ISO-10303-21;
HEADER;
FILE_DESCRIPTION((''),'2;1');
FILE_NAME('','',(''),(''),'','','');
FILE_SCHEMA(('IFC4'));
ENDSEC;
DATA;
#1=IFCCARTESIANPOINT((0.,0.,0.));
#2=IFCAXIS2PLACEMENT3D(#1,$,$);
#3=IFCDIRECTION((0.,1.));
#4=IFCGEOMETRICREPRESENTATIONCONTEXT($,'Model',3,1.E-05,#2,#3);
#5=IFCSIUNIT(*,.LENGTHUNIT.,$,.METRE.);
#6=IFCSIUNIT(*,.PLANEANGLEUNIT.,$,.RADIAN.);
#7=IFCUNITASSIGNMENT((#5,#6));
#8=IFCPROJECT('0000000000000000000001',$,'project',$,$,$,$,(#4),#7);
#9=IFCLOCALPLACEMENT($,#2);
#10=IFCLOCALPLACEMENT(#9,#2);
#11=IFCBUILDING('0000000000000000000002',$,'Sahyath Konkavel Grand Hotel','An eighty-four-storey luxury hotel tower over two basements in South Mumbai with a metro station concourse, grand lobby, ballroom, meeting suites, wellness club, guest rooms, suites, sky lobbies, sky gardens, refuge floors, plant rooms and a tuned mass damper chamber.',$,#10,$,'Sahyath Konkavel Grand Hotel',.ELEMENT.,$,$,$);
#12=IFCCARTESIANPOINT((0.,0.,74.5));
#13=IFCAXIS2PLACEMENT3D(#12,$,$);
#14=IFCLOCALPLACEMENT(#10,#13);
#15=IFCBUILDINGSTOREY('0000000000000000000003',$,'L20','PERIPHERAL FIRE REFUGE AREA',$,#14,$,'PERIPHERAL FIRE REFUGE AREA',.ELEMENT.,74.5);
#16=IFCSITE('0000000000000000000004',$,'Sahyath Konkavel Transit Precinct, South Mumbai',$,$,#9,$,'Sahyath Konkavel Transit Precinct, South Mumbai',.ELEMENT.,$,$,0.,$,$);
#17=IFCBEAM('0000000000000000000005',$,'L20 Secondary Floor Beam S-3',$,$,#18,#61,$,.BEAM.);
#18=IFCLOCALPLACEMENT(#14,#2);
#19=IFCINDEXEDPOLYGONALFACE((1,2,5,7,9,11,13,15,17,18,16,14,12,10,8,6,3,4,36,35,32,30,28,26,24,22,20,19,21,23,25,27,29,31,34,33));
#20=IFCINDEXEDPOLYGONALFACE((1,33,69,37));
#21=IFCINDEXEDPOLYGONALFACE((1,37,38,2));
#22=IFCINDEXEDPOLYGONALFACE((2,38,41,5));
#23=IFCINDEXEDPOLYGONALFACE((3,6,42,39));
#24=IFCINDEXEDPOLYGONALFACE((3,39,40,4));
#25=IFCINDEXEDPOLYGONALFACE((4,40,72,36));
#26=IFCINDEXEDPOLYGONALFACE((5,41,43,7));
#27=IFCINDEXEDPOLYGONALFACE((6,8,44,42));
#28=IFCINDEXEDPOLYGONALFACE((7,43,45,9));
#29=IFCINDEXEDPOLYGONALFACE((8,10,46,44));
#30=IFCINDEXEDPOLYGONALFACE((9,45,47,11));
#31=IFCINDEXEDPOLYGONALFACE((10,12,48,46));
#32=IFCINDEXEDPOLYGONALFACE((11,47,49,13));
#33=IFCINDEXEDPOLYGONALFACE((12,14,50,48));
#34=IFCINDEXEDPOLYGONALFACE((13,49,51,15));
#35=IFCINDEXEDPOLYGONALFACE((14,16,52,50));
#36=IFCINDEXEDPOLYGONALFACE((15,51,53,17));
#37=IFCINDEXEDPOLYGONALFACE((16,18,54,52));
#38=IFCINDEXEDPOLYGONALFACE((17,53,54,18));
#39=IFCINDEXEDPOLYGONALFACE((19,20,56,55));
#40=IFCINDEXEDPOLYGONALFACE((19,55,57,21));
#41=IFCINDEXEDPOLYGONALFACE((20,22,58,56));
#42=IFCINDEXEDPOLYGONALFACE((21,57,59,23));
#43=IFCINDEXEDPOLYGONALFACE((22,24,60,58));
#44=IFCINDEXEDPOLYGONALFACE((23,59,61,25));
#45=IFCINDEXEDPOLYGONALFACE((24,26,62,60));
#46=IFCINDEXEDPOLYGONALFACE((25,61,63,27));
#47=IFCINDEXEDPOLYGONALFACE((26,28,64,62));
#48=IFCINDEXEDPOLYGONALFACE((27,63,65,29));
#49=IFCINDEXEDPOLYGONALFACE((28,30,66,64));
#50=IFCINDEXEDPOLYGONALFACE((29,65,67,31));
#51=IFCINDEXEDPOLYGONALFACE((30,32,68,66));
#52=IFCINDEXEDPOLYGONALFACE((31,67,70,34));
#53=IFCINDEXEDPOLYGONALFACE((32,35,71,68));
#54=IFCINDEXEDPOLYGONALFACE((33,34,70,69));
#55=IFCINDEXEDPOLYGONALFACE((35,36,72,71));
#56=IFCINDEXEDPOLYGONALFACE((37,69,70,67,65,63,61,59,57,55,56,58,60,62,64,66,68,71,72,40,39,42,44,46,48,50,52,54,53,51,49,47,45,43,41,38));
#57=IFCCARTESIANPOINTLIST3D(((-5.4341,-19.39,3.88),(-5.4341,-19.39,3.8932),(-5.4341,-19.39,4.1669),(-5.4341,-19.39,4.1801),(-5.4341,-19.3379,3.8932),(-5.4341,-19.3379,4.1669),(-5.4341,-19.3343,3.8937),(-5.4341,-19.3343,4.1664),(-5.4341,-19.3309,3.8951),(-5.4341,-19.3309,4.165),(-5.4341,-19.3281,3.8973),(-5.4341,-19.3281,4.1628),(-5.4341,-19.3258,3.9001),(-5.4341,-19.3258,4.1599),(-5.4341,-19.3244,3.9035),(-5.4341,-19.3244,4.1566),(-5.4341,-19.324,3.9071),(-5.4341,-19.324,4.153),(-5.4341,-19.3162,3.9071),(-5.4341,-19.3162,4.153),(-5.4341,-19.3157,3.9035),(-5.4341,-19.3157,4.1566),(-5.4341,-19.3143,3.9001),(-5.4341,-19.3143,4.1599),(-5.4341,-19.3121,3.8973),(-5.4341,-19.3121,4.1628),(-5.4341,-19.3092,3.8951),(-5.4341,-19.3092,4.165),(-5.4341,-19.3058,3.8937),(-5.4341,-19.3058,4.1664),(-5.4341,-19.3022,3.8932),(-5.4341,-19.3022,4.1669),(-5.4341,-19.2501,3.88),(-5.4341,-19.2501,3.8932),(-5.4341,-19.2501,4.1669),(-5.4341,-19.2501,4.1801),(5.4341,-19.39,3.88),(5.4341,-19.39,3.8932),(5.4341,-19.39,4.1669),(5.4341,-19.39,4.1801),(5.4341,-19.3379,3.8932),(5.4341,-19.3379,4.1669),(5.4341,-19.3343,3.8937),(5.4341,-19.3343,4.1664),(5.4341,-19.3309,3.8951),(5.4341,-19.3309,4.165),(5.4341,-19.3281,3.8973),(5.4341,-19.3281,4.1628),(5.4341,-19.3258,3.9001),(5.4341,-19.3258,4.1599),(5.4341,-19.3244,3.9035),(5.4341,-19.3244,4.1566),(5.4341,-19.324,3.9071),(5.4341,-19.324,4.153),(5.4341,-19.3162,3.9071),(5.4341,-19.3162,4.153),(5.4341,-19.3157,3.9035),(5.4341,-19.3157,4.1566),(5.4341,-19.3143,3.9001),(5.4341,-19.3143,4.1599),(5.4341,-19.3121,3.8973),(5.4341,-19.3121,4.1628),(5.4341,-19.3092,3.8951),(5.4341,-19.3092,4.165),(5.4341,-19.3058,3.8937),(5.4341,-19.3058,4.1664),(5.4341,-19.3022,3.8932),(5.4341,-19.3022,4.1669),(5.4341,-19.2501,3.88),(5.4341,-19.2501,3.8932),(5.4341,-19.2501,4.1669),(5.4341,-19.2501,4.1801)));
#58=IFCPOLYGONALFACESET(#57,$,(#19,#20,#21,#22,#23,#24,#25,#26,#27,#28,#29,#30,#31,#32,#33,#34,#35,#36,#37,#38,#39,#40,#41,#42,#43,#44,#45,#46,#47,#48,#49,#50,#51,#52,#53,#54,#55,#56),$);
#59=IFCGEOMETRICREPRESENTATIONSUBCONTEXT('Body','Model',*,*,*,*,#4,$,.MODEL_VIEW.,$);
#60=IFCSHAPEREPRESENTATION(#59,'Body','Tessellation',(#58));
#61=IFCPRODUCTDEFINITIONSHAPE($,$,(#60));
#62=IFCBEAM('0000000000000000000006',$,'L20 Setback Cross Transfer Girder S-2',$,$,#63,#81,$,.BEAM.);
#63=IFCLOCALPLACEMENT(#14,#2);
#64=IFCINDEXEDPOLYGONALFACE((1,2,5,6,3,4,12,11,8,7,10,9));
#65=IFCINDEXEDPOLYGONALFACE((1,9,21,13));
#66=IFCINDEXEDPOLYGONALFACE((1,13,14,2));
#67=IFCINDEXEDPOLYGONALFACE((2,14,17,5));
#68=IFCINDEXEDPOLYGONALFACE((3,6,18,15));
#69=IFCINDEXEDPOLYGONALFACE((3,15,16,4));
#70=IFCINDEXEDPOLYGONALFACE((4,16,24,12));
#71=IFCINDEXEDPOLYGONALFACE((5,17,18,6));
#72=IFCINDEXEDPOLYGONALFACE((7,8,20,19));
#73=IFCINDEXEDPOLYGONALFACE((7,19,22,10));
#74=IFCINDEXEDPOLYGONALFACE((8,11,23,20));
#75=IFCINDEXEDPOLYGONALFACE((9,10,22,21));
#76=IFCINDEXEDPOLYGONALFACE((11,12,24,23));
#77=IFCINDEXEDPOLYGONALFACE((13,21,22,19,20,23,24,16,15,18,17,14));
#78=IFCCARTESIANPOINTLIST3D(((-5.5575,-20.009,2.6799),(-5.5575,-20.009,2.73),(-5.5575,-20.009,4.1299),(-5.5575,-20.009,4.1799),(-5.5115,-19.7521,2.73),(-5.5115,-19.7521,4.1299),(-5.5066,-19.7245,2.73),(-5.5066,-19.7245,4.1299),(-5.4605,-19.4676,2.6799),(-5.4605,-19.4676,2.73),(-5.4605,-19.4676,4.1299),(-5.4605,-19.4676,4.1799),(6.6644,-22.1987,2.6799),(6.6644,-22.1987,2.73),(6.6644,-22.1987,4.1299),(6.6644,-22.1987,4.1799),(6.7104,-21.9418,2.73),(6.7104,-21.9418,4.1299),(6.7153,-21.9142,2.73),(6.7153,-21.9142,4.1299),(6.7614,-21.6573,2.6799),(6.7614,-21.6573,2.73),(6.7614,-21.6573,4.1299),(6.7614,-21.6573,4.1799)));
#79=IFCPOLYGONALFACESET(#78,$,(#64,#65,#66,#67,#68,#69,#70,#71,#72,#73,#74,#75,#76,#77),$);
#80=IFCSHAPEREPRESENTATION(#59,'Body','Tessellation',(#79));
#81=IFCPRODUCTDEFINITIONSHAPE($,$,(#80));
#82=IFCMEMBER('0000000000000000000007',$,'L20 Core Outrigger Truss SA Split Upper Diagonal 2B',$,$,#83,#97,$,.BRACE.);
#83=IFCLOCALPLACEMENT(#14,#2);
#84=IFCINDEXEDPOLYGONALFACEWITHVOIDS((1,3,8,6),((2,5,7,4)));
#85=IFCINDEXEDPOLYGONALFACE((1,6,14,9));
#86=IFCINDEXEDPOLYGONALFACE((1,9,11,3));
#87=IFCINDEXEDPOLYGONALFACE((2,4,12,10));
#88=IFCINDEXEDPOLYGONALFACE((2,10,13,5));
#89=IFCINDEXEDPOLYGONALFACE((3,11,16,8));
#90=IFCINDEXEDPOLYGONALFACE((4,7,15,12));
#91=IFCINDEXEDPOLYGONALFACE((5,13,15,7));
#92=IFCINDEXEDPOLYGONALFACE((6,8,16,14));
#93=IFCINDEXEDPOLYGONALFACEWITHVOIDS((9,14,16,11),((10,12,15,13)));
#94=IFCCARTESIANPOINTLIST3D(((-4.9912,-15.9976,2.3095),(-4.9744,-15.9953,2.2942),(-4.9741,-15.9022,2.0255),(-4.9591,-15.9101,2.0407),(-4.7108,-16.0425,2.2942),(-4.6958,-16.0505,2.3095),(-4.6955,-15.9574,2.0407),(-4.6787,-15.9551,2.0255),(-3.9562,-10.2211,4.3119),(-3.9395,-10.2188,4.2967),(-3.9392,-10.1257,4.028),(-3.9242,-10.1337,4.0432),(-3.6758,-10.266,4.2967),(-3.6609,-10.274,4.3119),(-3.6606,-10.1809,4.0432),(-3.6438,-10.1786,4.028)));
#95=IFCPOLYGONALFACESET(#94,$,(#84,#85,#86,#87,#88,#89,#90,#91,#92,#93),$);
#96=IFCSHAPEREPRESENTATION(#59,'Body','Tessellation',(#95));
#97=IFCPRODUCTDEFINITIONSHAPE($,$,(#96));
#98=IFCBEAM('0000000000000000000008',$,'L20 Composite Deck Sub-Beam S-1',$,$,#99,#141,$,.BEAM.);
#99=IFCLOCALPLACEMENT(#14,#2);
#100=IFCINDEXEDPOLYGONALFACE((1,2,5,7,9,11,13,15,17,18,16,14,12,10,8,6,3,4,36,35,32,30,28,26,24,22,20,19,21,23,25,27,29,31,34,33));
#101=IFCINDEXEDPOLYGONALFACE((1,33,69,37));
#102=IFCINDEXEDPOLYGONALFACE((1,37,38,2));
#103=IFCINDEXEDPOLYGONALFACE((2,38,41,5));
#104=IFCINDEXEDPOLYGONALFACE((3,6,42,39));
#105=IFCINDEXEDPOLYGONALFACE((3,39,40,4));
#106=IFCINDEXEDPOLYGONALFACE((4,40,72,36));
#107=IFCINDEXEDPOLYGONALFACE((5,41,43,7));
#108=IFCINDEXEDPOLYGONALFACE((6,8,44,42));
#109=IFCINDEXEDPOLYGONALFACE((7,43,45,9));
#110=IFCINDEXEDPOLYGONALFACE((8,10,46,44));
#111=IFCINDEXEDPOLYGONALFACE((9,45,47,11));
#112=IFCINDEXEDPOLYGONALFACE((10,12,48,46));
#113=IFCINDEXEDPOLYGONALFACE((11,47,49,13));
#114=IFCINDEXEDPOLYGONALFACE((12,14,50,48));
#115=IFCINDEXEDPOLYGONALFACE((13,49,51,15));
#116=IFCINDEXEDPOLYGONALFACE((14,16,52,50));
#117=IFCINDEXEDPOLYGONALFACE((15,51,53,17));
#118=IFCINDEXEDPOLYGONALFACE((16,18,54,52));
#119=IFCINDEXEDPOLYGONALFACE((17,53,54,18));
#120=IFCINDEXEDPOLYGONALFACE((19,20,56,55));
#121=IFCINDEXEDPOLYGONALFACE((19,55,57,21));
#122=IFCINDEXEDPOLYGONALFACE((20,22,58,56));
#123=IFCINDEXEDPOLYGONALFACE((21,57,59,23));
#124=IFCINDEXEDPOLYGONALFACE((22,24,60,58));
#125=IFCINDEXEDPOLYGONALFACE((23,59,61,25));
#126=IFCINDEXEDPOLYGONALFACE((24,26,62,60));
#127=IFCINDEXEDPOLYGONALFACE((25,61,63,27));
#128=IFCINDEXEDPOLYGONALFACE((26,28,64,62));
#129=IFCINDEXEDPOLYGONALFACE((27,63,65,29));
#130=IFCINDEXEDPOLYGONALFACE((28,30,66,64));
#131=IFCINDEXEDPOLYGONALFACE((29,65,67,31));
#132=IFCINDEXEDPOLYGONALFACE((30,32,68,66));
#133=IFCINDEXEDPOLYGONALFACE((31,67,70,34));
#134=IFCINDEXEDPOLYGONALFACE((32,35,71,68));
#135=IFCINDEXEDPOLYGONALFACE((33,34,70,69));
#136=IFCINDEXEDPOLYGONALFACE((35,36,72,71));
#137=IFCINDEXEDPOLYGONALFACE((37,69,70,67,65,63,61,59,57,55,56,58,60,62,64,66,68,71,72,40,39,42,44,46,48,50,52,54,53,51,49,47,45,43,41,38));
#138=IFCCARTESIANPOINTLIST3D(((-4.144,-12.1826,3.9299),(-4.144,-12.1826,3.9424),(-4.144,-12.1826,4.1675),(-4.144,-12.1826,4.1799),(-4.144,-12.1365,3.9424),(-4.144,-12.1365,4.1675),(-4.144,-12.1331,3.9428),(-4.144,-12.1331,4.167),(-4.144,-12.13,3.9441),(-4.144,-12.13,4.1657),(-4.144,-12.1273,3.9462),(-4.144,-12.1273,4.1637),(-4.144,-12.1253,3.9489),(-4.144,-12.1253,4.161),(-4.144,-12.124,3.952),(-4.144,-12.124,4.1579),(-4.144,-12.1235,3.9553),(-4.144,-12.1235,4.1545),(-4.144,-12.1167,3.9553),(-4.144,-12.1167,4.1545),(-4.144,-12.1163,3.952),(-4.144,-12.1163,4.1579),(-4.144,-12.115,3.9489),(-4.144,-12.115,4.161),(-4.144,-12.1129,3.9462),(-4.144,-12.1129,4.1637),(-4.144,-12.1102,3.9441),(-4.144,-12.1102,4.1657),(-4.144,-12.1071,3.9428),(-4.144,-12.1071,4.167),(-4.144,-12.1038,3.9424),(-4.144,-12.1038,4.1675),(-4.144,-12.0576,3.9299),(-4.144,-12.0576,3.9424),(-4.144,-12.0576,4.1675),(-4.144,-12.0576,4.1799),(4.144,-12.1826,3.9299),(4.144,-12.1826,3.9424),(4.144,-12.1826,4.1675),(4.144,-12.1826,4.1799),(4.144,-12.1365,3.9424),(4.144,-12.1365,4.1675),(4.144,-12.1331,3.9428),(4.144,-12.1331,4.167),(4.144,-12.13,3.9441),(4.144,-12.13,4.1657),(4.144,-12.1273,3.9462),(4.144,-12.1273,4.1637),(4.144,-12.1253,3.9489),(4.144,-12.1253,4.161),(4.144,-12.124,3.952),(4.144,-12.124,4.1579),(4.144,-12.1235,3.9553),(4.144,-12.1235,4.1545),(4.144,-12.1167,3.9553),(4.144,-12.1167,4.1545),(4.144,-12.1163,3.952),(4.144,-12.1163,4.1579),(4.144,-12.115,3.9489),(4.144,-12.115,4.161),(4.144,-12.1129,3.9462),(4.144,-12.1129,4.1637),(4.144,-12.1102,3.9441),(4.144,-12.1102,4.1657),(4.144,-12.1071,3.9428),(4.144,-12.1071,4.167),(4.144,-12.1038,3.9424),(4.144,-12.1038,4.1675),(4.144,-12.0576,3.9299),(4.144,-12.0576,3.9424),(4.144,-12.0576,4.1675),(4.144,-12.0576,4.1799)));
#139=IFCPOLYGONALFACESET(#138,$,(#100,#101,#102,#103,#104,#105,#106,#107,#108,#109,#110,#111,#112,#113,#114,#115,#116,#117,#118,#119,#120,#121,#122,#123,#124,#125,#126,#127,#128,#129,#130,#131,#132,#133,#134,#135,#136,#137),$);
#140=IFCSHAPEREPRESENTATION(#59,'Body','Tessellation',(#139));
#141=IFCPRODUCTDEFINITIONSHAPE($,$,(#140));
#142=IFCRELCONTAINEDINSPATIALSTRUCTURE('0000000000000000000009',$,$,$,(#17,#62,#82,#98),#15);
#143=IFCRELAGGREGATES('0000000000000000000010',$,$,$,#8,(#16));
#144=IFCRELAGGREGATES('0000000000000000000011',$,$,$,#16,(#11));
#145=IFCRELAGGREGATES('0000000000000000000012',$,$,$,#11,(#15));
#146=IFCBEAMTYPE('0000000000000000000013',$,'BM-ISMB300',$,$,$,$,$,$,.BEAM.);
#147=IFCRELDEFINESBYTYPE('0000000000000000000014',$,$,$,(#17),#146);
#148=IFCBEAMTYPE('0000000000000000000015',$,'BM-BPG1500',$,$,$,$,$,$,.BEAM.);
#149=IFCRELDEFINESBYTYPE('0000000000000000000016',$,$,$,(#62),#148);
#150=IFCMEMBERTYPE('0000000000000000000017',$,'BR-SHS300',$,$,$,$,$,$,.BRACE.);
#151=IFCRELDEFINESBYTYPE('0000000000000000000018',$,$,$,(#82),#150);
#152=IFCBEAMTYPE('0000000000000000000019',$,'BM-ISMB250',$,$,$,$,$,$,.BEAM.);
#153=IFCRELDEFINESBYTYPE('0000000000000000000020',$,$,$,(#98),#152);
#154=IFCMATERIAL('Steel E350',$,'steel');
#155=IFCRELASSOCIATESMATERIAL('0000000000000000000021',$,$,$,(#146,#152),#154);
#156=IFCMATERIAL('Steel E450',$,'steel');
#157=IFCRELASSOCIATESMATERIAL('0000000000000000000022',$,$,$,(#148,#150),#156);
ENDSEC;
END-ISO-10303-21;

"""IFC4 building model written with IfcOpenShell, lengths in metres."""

from ifc_helpers import new_model, si_unit, direction, frame, origin, origin_2d, place, context, subcontext, project, spatial, hollow_rectangle, i_section, extrude, source, transform, mapped, material, material_profile, profile_set, type_object, element, save


model = new_model("IFC4")

# Units and contexts
model_context = context("Model", 3, precision=1e-05, world=origin(), true_north=direction((0.0, 1.0)))
body_context = subcontext(model_context, "Body", "Model", "MODEL_VIEW")
ifc_project = project(units=[si_unit("LENGTHUNIT", "METRE"), si_unit("PLANEANGLEUNIT", "RADIAN")], contexts=[model_context])

# Site, building, storey
site_placement = place(None, origin())
site = spatial("IfcSite", under=ifc_project, at=site_placement, Name="Sahyath Konkavel Transit Precinct, South Mumbai", LongName="Sahyath Konkavel Transit Precinct, South Mumbai", CompositionType="ELEMENT", RefElevation=0.0)
building_placement = place(site_placement, origin())
building = spatial("IfcBuilding", under=site, at=building_placement, Name="Sahyath Konkavel Grand Hotel", Description="An eighty-four-storey luxury hotel tower over two basements in South Mumbai with a metro station concourse, grand lobby, ballroom, meeting suites, wellness club, guest rooms, suites, sky lobbies, sky gardens, refuge floors, plant rooms and a tuned mass damper chamber.", LongName="Sahyath Konkavel Grand Hotel", CompositionType="ELEMENT")
storey_placement = place(building_placement, frame((0.0, 0.0, 74.5)))
storey = spatial("IfcBuildingStorey", under=building, at=storey_placement, Name="L20", Description="PERIPHERAL FIRE REFUGE AREA", LongName="PERIPHERAL FIRE REFUGE AREA", CompositionType="ELEMENT", Elevation=74.5)

# Beams
ifc_material_1 = material(Name="Steel E350", Category="steel")
ifc_material_profile_1 = material_profile(ifc_material_1, i_section(OverallWidth=0.1399, OverallDepth=0.3, WebThickness=0.0078, FlangeThickness=0.0132, FilletRadius=0.0139, at=origin_2d()), Name="ISMB 300")
ifc_profile_set_1 = profile_set([ifc_material_profile_1], Name="Steel E350")
beam_type_1 = type_object("IfcBeamType", Name="BM-ISMB300", PredefinedType="BEAM", material=ifc_profile_set_1)
shared_shape_1 = source(origin(), body_context, "Body", "SweptSolid", [
    extrude(i_section(OverallWidth=0.1399, OverallDepth=0.3, WebThickness=0.0078, FlangeThickness=0.0132, FilletRadius=0.0139, at=origin_2d()), origin(), (0.0, 0.0, 1.0), 10.8682),
])
beam_1_placement = place(storey_placement, frame((-5.4341, -19.3201, 4.03), z_axis=(1.0, 0.0, 0.0), x_axis=(0.0, 1.0, 0.0)))
element("IfcBeam", 1, at=beam_1_placement, inside=storey, type_object=beam_type_1, Name="L20 Secondary Floor Beam S-3", PredefinedType="BEAM", context=body_context, shape_type="MappedRepresentation", body=[
    mapped(shared_shape_1, transform((0.0, 0.0, 0.0), scale=1.0)),
])
ifc_material_2 = material(Name="Steel E450", Category="steel")
ifc_material_profile_2 = material_profile(ifc_material_2, i_section(OverallWidth=0.55, OverallDepth=1.5, WebThickness=0.0281, FlangeThickness=0.05, at=origin_2d()), Name="BPG 1500x550")
ifc_profile_set_2 = profile_set([ifc_material_profile_2], Name="Steel E450")
beam_type_2 = type_object("IfcBeamType", Name="BM-BPG1500", PredefinedType="BEAM", material=ifc_profile_set_2)
shared_shape_2 = source(origin(), body_context, "Body", "SweptSolid", [
    extrude(i_section(OverallWidth=0.55, OverallDepth=1.5, WebThickness=0.0281, FlangeThickness=0.05, at=origin_2d()), origin(), (0.0, 0.0, 1.0), 12.4165),
])
beam_2_placement = place(storey_placement, frame((-5.509, -19.7383, 3.4299), z_axis=(0.984327, -0.176353, 0.0), x_axis=(0.176353, 0.984327, 0.0)))
element("IfcBeam", 2, at=beam_2_placement, inside=storey, type_object=beam_type_2, Name="L20 Setback Cross Transfer Girder S-2", PredefinedType="BEAM", context=body_context, shape_type="MappedRepresentation", body=[
    mapped(shared_shape_2, transform((0.0, 0.0, 0.0), scale=1.0)),
])

# Member
ifc_material_profile_3 = material_profile(ifc_material_2, hollow_rectangle(XDim=0.3, YDim=0.3, WallThickness=0.0161, at=origin_2d()), Name="SHS 300x300x16")
ifc_profile_set_3 = profile_set([ifc_material_profile_3], Name="Steel E450")
member_type_1 = type_object("IfcMemberType", Name="BR-SHS300", PredefinedType="BRACE", material=ifc_profile_set_3)
shared_shape_3 = source(origin(), body_context, "Body", "SweptSolid", [
    extrude(hollow_rectangle(XDim=0.3, YDim=0.3, WallThickness=0.0161, at=origin_2d()), origin(), (0.0, 0.0, 1.0), 6.2007),
])
member_1_placement = place(storey_placement, frame((-4.835, -15.9763, 2.1675), z_axis=(0.166906, 0.931584, 0.322944), x_axis=(-0.984327, 0.176355, 0.0)))
element("IfcMember", 3, at=member_1_placement, inside=storey, type_object=member_type_1, Name="L20 Core Outrigger Truss SA Split Upper Diagonal 2B", PredefinedType="BRACE", context=body_context, shape_type="MappedRepresentation", body=[
    mapped(shared_shape_3, transform((0.0, 0.0, 0.0), scale=1.0)),
])

# Beam
ifc_material_profile_4 = material_profile(ifc_material_1, i_section(OverallWidth=0.125, OverallDepth=0.25, WebThickness=0.0068, FlangeThickness=0.0125, FilletRadius=0.0129, at=origin_2d()), Name="ISMB 250")
ifc_profile_set_4 = profile_set([ifc_material_profile_4], Name="Steel E350")
beam_type_3 = type_object("IfcBeamType", Name="BM-ISMB250", PredefinedType="BEAM", material=ifc_profile_set_4)
shared_shape_4 = source(origin(), body_context, "Body", "SweptSolid", [
    extrude(i_section(OverallWidth=0.125, OverallDepth=0.25, WebThickness=0.0068, FlangeThickness=0.0125, FilletRadius=0.0129, at=origin_2d()), origin(), (0.0, 0.0, 1.0), 8.2881),
])
beam_3_placement = place(storey_placement, frame((-4.144, -12.1201, 4.0549), z_axis=(1.0, 0.0, 0.0), x_axis=(0.0, 1.0, 0.0)))
element("IfcBeam", 4, at=beam_3_placement, inside=storey, type_object=beam_type_3, Name="L20 Composite Deck Sub-Beam S-1", PredefinedType="BEAM", context=body_context, shape_type="MappedRepresentation", body=[
    mapped(shared_shape_4, transform((0.0, 0.0, 0.0), scale=1.0)),
])

save(model, "model.ifc")
